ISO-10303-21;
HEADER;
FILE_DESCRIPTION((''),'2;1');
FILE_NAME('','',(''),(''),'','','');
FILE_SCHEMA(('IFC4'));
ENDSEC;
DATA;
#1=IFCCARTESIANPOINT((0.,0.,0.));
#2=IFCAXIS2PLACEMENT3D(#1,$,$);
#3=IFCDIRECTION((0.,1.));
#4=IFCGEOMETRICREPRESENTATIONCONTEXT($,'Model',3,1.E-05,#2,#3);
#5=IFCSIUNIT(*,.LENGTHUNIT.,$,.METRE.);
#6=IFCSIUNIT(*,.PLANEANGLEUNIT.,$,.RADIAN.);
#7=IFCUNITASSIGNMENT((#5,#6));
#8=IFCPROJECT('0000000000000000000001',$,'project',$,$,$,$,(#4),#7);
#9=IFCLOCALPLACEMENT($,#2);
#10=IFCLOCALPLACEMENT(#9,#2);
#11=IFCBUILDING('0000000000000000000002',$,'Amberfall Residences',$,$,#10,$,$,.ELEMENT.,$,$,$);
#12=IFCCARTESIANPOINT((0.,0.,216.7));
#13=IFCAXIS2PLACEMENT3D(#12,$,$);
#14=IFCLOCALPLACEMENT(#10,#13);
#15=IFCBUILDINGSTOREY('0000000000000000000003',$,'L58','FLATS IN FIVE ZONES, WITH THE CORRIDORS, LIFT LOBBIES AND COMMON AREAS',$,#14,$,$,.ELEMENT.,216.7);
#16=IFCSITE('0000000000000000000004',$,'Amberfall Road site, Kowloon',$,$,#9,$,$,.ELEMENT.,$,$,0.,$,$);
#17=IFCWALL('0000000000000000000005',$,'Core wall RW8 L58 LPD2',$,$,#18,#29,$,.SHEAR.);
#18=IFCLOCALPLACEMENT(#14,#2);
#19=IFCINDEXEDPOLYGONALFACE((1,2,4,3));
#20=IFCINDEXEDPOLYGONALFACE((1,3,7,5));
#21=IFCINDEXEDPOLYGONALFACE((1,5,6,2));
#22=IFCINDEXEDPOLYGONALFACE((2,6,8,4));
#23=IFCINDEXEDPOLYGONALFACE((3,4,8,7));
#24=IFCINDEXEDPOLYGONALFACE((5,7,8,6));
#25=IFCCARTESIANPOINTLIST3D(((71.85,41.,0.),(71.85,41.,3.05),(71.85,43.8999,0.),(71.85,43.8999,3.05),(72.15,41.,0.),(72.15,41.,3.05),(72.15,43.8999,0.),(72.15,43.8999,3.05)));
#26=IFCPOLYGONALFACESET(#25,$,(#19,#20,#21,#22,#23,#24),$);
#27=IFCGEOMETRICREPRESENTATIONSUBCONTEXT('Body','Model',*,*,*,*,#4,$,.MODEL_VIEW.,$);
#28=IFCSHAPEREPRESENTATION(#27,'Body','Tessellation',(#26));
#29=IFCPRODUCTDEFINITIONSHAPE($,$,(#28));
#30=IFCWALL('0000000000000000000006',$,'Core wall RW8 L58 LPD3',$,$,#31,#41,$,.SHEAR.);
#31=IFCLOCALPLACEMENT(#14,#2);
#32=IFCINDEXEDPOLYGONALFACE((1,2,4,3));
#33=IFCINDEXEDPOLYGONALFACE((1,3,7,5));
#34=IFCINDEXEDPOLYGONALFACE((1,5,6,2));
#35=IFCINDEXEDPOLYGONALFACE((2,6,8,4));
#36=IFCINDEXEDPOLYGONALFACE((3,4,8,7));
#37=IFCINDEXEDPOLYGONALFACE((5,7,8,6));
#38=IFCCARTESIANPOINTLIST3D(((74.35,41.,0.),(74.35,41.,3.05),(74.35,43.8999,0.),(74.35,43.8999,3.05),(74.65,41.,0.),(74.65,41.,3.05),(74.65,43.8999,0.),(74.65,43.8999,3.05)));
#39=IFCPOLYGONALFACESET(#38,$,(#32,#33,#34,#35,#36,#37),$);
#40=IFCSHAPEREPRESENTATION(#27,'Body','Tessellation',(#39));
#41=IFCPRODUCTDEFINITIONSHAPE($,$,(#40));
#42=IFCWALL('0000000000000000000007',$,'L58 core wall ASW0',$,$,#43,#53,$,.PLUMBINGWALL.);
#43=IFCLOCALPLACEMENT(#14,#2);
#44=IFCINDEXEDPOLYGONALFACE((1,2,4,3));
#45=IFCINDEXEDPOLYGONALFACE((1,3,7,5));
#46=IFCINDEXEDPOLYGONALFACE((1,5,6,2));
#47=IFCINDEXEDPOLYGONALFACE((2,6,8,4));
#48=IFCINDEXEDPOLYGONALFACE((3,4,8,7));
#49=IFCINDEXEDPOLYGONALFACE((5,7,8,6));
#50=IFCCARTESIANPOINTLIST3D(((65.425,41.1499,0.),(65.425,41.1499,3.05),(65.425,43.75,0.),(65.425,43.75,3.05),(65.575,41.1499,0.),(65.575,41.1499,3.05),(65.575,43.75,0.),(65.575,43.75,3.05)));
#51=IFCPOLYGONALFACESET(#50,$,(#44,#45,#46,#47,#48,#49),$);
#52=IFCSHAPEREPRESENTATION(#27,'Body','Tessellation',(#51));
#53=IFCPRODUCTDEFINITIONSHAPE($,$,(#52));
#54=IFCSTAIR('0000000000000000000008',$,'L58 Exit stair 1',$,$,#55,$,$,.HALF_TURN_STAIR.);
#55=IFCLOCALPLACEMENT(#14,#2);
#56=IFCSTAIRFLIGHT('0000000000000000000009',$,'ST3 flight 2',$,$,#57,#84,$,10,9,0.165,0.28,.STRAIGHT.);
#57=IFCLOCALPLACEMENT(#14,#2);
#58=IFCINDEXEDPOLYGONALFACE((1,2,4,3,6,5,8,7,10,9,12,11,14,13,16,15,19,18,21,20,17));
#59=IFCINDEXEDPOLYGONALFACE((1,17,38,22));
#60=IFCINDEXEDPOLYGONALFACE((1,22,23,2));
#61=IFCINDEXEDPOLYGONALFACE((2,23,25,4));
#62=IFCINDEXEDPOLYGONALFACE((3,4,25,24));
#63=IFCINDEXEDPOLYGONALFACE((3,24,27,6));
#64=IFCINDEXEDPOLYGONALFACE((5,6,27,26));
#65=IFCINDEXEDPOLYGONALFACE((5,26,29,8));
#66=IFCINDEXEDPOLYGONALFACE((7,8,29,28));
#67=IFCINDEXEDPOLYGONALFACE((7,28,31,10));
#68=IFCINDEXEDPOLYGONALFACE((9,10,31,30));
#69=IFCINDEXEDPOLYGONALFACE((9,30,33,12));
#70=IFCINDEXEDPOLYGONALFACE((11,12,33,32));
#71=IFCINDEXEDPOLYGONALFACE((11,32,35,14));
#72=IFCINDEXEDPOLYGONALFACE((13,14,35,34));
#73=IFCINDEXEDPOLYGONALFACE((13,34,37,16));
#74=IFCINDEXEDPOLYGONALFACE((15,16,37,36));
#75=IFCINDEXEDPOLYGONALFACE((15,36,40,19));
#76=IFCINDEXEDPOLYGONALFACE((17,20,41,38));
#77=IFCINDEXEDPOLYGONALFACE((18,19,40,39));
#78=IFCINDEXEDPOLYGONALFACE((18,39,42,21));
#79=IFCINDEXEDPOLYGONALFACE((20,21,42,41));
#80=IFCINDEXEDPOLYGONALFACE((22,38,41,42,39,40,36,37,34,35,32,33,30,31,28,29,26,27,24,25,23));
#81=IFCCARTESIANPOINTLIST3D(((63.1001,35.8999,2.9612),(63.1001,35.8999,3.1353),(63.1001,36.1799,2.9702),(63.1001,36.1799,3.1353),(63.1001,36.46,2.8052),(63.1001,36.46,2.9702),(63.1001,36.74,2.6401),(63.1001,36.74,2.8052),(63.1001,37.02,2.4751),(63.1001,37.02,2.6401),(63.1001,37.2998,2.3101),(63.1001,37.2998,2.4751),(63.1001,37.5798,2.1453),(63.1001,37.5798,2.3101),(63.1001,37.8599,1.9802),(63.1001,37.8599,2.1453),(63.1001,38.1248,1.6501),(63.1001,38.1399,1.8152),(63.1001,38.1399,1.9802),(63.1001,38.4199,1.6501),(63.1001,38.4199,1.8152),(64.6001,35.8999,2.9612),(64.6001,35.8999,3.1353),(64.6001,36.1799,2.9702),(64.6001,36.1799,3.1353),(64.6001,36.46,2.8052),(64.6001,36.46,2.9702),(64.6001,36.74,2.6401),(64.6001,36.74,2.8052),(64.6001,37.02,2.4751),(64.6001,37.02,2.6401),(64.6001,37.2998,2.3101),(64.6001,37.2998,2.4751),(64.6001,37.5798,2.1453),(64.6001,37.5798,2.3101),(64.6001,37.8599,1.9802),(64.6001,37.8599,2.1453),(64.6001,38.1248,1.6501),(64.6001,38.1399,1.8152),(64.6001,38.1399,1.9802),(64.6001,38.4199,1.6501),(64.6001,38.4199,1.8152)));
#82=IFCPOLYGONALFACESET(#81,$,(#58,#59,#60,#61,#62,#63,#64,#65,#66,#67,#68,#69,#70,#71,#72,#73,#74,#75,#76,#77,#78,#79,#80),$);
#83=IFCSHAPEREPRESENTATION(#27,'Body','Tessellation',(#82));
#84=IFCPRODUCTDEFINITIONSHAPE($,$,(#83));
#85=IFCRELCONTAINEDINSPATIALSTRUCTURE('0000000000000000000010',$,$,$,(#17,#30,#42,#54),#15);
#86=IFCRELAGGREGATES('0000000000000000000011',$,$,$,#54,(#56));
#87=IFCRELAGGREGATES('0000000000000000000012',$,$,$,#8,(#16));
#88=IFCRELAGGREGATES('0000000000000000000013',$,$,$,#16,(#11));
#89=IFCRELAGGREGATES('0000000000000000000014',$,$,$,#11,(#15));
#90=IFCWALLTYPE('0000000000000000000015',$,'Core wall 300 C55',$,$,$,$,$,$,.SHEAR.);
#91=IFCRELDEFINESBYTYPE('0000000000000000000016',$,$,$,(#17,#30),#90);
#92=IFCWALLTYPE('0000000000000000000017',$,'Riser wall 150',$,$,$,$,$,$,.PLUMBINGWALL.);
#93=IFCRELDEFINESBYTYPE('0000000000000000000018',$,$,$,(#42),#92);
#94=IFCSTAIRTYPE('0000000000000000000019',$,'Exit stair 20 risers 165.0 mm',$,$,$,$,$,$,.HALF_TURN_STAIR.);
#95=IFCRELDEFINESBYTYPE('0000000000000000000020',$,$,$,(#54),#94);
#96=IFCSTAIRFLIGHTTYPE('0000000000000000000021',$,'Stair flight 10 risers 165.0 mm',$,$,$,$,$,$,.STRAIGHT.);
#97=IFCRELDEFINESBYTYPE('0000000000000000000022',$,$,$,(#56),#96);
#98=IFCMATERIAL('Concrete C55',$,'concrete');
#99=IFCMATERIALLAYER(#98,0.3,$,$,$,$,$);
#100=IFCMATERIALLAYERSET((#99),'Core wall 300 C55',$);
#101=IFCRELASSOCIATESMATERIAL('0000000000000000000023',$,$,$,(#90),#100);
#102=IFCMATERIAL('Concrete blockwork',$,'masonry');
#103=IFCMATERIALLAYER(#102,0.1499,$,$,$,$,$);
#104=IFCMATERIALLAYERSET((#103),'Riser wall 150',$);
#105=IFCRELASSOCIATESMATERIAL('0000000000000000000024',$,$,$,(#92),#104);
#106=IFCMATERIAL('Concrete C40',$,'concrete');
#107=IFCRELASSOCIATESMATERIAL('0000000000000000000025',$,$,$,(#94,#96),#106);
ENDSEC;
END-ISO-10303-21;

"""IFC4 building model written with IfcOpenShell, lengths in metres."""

from ifc_helpers import new_model, si_unit, direction, frame, frame_2d, origin, place, context, subcontext, project, spatial, polyline, rectangle, outline, extrude, material, layer, layer_set, type_object, element, aggregate, save


model = new_model("IFC4")

# Units and contexts
model_context = context("Model", 3, precision=1e-05, world=origin(), true_north=direction((0.0, 1.0)))
body_context = subcontext(model_context, "Body", "Model", "MODEL_VIEW")
ifc_project = project(units=[si_unit("LENGTHUNIT", "METRE"), si_unit("PLANEANGLEUNIT", "RADIAN")], contexts=[model_context])

# Site, building, storey
site_placement = place(None, origin())
site = spatial("IfcSite", under=ifc_project, at=site_placement, Name="Amberfall Road site, Kowloon", CompositionType="ELEMENT", RefElevation=0.0)
building_placement = place(site_placement, origin())
building = spatial("IfcBuilding", under=site, at=building_placement, Name="Amberfall Residences", CompositionType="ELEMENT")
storey_placement = place(building_placement, frame((0.0, 0.0, 216.7)))
storey = spatial("IfcBuildingStorey", under=building, at=storey_placement, Name="L58", Description="FLATS IN FIVE ZONES, WITH THE CORRIDORS, LIFT LOBBIES AND COMMON AREAS", CompositionType="ELEMENT", Elevation=216.7)

# Shared definitions
ifc_material_1 = material(Name="Concrete C55", Category="concrete")
ifc_layer_1 = layer(ifc_material_1, 0.3)
ifc_layer_set_1 = layer_set([ifc_layer_1], Name="Core wall 300 C55")
wall_type_1 = type_object("IfcWallType", Name="Core wall 300 C55", PredefinedType="SHEAR", material=ifc_layer_set_1)

# Walls
for number, where, z_axis, x_axis, name in (
    (1, (72.0, 41.0, 0.0), (0.0, 0.0, 1.0), (0.0, 1.0, 0.0), "Core wall RW8 L58 LPD2"),
    (2, (74.5, 41.0, 0.0), (0.0, 0.0, 1.0), (0.0, 1.0, 0.0), "Core wall RW8 L58 LPD3"),
):
    element("IfcWall", number, at=place(storey_placement, frame(where, z_axis=z_axis, x_axis=x_axis)), inside=storey, type_object=wall_type_1, Name=name, PredefinedType="SHEAR", context=body_context, shape_type="SweptSolid", body=[
        extrude(rectangle(XDim=2.8999, YDim=0.3, at=frame_2d((1.45, 0.0))), origin(), (0.0, 0.0, 1.0), 3.05),
    ])
ifc_material_2 = material(Name="Concrete blockwork", Category="masonry")
ifc_layer_2 = layer(ifc_material_2, 0.1499)
ifc_layer_set_2 = layer_set([ifc_layer_2], Name="Riser wall 150")
wall_type_2 = type_object("IfcWallType", Name="Riser wall 150", PredefinedType="PLUMBINGWALL", material=ifc_layer_set_2)
wall_1_placement = place(storey_placement, frame((65.5, 41.1499, 0.0), z_axis=(0.0, 0.0, 1.0), x_axis=(0.0, 1.0, 0.0)))
element("IfcWall", 3, at=wall_1_placement, inside=storey, type_object=wall_type_2, Name="L58 core wall ASW0", PredefinedType="PLUMBINGWALL", context=body_context, shape_type="SweptSolid", body=[
    extrude(rectangle(XDim=2.6001, YDim=0.1499, at=frame_2d((1.3, 0.0))), origin(), (0.0, 0.0, 1.0), 3.05),
])

# Stair, stair flight
ifc_material_3 = material(Name="Concrete C40", Category="concrete")
stair_type = type_object("IfcStairType", Name="Exit stair 20 risers 165.0 mm", PredefinedType="HALF_TURN_STAIR", material=ifc_material_3)
stair_placement = place(storey_placement, origin())
stair = element("IfcStair", 4, at=stair_placement, inside=storey, type_object=stair_type, Name="L58 Exit stair 1", PredefinedType="HALF_TURN_STAIR")
stair_flight_type = type_object("IfcStairFlightType", Name="Stair flight 10 risers 165.0 mm", PredefinedType="STRAIGHT", material=ifc_material_3)
stair_flight_placement = place(storey_placement, frame((63.8501, 38.4199, 1.6501), z_axis=(0.0, 0.0, 1.0), x_axis=(0.0, -1.0, 0.0)))
stair_flight = element("IfcStairFlight", 5, at=stair_flight_placement, type_object=stair_flight_type, Name="ST3 flight 2", NumberOfRisers=10, NumberOfTreads=9, PredefinedType="STRAIGHT", RiserHeight=0.165, TreadLength=0.28, context=body_context, shape_type="SweptSolid", body=[
    extrude(outline(polyline([(0.0, 0.0), (0.0, 0.165), (0.28, 0.165), (0.28, 0.3301), (0.5601, 0.3301), (0.5601, 0.4951), (0.8401, 0.4951), (0.8401, 0.6599), (1.1201, 0.6599), (1.1201, 0.825), (1.3999, 0.825), (1.3999, 0.99), (1.6799, 0.99), (1.6799, 1.155), (1.96, 1.155), (1.96, 1.3201), (2.24, 1.3201), (2.24, 1.4851), (2.52, 1.4851), (2.52, 1.6499), (2.52, 1.311), (0.2952, 0.0), (0.0, 0.0)])), frame((0.0, 0.75, 0.0), z_axis=(0.0, -1.0, 0.0), x_axis=(1.0, 0.0, 0.0)), (0.0, 0.0, 1.0), 1.5),
])
aggregate(stair, [stair_flight])

save(model, "model.ifc")
